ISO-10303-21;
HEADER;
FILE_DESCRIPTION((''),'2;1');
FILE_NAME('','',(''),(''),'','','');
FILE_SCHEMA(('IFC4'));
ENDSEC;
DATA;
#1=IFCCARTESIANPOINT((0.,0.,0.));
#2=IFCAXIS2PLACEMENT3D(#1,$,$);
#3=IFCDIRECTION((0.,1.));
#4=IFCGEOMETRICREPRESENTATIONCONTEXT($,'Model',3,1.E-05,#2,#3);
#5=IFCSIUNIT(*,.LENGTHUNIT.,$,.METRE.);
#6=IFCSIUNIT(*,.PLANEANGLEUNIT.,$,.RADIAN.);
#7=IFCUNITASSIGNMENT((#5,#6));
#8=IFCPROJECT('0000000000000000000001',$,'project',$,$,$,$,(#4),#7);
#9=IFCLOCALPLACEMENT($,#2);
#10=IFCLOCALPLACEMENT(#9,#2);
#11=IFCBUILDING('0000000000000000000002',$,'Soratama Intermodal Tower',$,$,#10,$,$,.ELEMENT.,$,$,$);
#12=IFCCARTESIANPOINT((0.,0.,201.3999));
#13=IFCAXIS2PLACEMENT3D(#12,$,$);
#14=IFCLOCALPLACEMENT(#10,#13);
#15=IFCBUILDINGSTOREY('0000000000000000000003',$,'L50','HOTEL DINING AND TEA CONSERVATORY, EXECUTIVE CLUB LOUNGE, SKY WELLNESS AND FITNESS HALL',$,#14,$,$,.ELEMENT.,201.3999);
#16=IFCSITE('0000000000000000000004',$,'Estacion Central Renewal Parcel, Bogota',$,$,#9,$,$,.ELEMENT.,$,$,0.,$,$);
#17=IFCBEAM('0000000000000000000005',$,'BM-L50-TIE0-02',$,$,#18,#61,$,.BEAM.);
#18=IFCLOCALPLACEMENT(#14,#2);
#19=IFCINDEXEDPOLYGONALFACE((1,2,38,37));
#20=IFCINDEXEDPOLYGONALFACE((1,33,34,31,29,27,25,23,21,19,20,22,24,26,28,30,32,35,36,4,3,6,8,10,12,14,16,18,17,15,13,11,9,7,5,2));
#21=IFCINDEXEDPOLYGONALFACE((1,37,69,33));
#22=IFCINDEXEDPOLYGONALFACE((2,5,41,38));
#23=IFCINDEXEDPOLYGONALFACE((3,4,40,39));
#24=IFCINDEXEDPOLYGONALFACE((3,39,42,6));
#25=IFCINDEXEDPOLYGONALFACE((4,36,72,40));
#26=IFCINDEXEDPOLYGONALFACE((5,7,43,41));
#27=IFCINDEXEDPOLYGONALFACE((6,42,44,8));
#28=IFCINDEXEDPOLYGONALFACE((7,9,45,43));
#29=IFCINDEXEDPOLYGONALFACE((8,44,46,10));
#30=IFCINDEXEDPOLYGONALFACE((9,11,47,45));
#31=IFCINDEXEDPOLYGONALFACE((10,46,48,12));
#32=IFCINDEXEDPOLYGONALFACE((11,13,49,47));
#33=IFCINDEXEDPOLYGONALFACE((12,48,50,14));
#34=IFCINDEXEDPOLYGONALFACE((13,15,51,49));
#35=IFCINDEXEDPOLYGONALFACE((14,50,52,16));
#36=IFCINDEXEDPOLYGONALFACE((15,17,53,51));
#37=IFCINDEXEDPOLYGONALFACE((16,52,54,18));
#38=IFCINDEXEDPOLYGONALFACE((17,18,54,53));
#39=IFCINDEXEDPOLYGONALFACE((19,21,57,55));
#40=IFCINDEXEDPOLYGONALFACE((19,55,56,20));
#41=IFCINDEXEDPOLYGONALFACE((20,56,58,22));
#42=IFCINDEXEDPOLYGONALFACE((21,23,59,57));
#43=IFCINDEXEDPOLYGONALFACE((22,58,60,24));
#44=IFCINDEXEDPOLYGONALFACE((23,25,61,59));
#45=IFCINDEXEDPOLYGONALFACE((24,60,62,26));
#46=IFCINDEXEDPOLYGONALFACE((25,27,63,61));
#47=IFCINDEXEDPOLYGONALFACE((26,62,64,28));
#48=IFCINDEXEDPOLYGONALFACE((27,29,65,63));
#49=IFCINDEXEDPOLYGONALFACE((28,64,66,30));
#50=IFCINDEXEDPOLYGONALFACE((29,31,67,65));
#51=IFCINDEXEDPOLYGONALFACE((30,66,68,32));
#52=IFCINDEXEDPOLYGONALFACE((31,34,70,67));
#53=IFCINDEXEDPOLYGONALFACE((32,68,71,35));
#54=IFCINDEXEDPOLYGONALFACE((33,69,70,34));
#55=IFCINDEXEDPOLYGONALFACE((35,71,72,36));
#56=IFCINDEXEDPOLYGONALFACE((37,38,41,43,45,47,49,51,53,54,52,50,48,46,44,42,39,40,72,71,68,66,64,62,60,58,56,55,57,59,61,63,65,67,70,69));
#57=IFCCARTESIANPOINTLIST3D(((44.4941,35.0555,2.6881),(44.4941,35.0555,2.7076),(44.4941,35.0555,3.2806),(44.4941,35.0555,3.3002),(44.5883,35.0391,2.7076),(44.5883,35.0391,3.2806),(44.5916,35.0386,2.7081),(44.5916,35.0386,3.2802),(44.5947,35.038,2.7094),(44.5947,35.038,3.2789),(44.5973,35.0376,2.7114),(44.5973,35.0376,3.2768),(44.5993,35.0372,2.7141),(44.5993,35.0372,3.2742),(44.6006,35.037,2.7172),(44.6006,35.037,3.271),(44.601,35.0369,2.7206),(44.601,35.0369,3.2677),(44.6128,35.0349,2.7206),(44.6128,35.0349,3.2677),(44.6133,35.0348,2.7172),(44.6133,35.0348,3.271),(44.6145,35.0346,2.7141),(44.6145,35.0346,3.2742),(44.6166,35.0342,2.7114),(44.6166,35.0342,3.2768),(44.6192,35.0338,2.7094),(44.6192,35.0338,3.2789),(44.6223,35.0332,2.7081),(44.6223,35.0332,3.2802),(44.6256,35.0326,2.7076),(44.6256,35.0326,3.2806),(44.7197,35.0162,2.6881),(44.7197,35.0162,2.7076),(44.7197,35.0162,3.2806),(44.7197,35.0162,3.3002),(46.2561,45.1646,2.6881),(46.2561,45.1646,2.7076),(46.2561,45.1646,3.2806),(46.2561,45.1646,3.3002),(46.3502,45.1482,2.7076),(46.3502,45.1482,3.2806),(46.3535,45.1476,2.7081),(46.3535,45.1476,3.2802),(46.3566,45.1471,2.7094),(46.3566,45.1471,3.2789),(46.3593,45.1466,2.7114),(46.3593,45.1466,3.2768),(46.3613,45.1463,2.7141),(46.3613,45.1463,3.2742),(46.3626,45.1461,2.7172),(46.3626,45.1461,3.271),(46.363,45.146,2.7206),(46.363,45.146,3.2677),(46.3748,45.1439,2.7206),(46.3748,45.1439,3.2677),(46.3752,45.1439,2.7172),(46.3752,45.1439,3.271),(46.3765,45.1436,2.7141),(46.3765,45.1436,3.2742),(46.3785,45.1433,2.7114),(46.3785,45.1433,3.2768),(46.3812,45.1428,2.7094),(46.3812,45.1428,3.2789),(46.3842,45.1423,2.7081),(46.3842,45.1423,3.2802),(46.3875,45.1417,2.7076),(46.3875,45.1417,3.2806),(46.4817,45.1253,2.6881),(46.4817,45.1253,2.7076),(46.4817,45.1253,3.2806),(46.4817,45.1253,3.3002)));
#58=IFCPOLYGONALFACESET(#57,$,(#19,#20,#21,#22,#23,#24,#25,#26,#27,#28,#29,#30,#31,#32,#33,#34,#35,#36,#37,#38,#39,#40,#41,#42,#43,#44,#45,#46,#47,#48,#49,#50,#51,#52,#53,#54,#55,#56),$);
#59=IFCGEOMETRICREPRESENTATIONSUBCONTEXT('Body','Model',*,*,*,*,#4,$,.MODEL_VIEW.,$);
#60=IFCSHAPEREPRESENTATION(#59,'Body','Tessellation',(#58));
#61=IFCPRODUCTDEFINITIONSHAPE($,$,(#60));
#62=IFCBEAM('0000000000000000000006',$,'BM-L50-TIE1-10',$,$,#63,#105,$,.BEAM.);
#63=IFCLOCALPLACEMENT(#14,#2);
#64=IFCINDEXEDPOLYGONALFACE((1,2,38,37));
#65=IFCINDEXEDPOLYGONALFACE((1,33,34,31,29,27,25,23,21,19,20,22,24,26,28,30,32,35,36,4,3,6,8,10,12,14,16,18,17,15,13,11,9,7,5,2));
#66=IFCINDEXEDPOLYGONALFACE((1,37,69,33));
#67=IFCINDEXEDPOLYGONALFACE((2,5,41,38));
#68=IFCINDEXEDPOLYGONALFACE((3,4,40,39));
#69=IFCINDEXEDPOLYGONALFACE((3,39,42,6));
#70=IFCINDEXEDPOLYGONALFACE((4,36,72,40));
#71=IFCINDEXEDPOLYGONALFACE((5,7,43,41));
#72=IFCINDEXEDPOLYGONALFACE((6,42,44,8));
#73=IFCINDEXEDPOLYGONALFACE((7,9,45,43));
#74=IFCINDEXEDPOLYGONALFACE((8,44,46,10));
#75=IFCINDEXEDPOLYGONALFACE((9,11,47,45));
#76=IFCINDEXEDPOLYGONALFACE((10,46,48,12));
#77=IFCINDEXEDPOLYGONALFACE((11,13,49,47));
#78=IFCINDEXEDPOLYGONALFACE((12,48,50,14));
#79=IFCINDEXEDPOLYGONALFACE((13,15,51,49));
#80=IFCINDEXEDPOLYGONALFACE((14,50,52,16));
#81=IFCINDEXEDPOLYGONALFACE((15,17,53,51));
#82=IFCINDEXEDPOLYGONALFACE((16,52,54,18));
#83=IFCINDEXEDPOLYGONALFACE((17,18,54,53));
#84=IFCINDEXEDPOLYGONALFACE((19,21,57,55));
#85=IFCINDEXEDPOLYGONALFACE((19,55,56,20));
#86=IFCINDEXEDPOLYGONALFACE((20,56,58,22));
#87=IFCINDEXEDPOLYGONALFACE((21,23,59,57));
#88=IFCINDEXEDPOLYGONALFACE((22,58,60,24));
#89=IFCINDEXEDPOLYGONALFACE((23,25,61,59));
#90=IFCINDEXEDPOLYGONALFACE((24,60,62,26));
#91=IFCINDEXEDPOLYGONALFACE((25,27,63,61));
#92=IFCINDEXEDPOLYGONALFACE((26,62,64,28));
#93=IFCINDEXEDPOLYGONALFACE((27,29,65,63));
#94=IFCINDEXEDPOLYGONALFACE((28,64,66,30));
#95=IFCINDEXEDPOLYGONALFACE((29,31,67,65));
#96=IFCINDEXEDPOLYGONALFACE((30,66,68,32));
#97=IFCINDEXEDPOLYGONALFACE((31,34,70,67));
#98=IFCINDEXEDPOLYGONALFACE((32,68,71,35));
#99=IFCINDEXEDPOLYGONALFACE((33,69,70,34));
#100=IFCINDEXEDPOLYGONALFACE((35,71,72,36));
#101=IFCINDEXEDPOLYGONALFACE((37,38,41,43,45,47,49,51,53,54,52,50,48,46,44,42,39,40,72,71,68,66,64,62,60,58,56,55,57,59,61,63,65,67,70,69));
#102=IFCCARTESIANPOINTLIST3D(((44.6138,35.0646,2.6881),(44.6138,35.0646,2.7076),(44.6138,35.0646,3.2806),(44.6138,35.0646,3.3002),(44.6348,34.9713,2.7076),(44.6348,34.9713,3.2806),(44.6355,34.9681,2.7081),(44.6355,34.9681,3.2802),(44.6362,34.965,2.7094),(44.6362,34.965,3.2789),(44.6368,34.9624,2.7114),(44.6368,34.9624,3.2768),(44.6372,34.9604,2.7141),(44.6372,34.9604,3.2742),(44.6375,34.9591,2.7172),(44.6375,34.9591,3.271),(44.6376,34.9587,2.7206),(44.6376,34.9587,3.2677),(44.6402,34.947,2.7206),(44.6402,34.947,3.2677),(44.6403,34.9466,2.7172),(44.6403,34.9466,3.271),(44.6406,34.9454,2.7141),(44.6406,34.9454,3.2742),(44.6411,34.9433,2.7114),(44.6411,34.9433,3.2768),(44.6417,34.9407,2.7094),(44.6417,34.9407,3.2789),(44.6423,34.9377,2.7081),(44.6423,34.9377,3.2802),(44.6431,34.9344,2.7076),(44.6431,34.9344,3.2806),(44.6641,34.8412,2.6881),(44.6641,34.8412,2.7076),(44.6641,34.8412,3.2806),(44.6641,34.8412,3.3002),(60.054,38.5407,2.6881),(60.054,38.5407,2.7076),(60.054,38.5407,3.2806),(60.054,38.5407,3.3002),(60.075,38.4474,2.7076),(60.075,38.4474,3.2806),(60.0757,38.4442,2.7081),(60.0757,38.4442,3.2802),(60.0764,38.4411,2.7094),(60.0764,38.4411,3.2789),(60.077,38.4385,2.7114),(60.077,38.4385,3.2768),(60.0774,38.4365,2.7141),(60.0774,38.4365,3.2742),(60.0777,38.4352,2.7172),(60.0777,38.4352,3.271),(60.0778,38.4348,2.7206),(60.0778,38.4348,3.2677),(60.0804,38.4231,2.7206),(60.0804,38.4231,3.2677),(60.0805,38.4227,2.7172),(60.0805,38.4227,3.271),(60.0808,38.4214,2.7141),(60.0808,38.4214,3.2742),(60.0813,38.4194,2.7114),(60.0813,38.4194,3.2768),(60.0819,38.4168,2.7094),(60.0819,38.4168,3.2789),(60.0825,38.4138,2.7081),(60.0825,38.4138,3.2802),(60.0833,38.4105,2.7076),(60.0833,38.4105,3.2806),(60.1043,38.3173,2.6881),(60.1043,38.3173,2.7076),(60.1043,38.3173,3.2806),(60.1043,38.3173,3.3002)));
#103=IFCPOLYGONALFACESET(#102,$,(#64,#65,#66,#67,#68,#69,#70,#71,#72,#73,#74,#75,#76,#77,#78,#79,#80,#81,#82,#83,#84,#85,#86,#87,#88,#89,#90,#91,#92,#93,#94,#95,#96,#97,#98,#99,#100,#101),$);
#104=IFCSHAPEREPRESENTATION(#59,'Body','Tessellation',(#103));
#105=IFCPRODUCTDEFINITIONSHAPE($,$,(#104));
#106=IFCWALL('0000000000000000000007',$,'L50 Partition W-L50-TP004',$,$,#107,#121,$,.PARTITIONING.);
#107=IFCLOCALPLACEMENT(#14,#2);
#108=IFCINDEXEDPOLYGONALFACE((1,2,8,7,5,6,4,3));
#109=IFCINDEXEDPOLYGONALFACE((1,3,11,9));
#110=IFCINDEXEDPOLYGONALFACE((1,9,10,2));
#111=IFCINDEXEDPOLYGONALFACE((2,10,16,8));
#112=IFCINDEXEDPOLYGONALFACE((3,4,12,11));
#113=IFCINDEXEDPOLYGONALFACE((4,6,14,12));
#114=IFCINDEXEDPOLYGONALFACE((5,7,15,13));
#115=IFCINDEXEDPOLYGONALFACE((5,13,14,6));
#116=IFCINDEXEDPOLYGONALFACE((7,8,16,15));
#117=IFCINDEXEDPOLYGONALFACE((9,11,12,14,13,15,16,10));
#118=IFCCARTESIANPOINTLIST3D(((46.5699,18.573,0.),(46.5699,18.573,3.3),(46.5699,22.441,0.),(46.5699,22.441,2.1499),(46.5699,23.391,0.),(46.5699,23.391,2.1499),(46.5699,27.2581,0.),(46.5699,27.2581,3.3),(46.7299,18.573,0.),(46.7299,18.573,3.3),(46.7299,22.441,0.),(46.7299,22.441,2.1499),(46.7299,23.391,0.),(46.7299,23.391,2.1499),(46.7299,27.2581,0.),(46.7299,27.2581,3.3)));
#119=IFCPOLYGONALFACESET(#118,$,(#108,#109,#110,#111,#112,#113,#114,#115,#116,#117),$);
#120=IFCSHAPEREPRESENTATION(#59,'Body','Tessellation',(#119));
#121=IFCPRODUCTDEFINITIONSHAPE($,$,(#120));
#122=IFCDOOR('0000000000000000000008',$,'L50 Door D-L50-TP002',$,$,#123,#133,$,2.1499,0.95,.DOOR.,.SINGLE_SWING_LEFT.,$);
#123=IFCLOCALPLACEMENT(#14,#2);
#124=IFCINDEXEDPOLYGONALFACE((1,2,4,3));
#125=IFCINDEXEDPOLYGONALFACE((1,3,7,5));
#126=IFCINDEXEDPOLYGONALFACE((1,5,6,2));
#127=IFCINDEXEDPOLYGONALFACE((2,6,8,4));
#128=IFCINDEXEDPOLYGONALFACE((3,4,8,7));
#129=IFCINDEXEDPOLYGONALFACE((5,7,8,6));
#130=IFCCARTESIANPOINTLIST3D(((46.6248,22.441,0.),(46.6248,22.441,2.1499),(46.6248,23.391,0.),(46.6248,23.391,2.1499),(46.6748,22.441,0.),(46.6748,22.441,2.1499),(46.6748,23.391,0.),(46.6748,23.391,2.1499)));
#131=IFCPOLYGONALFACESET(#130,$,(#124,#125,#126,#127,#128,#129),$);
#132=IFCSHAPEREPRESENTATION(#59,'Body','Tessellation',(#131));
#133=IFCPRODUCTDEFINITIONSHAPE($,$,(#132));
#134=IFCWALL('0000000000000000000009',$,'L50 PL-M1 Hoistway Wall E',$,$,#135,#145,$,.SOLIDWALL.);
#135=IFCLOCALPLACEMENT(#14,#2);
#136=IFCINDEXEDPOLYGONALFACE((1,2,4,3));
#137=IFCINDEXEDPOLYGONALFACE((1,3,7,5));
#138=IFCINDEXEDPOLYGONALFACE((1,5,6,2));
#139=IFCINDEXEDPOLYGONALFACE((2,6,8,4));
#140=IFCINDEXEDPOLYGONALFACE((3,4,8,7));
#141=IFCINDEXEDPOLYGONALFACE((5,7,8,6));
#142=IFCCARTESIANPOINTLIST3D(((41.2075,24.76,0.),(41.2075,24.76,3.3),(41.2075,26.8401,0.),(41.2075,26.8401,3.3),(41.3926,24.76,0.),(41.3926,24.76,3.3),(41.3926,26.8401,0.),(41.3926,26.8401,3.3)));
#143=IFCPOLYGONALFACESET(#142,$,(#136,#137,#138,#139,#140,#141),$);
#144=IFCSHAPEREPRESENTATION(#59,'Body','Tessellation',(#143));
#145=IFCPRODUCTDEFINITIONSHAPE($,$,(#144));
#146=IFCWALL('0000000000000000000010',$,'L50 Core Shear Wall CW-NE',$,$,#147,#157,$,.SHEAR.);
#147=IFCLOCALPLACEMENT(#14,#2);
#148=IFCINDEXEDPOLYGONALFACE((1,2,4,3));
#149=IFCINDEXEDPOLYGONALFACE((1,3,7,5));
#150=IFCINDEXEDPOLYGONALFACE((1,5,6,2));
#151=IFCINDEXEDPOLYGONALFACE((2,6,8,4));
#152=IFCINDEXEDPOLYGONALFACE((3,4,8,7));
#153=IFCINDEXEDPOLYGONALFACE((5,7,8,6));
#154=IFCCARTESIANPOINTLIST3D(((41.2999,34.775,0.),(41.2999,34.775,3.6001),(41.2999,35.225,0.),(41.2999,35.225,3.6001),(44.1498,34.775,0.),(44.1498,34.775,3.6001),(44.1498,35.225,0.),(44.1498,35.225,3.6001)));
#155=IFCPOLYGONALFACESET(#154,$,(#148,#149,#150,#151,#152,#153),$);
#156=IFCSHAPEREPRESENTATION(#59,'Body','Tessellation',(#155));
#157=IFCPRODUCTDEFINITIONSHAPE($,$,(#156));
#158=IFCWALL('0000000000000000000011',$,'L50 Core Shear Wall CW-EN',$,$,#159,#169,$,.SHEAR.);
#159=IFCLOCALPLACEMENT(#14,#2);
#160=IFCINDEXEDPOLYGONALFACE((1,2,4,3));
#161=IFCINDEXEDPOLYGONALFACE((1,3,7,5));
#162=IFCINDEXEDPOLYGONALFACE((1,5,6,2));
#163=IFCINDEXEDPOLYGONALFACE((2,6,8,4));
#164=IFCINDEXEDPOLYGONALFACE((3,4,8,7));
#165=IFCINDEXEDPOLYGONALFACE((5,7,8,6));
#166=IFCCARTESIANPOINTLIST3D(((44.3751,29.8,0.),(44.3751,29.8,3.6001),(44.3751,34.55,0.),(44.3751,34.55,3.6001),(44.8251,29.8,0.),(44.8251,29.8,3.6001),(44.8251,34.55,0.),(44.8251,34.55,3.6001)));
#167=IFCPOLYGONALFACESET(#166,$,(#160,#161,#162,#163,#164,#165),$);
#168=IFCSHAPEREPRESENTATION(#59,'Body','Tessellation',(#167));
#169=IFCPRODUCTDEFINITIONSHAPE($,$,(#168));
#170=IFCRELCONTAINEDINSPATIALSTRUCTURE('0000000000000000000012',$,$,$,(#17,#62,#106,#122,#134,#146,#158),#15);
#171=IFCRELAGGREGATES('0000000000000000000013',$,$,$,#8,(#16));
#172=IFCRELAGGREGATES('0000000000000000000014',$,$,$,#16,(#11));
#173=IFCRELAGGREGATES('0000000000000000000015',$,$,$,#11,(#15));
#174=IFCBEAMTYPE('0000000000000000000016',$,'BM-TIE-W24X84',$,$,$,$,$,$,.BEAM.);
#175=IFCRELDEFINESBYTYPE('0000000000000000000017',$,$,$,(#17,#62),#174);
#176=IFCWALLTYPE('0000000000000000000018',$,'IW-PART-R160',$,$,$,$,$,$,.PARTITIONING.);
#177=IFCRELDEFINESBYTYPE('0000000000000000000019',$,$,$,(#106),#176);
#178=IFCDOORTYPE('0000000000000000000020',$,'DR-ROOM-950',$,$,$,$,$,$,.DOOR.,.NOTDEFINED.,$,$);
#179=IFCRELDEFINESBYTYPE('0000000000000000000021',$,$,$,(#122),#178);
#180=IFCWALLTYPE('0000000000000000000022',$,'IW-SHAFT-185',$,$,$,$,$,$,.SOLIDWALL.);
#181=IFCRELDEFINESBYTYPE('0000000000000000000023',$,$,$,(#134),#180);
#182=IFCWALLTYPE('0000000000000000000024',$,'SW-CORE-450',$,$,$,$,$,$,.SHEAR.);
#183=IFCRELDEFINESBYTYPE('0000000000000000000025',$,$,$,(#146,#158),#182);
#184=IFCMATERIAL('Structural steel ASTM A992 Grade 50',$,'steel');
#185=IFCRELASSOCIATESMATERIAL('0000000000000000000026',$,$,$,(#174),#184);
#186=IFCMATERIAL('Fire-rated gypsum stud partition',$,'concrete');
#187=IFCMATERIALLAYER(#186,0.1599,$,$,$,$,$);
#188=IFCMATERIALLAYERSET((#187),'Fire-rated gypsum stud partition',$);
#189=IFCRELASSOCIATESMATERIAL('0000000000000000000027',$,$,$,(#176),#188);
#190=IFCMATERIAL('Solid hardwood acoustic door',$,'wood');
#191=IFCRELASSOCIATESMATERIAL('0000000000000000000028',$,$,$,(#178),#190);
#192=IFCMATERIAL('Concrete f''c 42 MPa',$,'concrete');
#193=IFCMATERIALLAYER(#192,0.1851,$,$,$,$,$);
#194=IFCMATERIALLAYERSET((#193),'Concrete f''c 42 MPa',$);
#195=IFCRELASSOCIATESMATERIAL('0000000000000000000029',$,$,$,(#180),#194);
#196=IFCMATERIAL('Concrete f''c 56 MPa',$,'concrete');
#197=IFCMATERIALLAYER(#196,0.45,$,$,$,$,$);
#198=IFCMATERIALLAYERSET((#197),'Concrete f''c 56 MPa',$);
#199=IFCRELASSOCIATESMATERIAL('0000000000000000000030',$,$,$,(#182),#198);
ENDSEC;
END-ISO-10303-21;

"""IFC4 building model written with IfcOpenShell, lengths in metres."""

from ifc_helpers import new_model, si_unit, direction, frame, frame_2d, origin, origin_2d, place, context, subcontext, project, spatial, rectangle, i_section, extrude, material, layer, layer_set, material_profile, profile_set, type_object, element, fill, save


model = new_model("IFC4")

# Units and contexts
model_context = context("Model", 3, precision=1e-05, world=origin(), true_north=direction((0.0, 1.0)))
body_context = subcontext(model_context, "Body", "Model", "MODEL_VIEW")
ifc_project = project(units=[si_unit("LENGTHUNIT", "METRE"), si_unit("PLANEANGLEUNIT", "RADIAN")], contexts=[model_context])

# Site, building, storey
site_placement = place(None, origin())
site = spatial("IfcSite", under=ifc_project, at=site_placement, Name="Estacion Central Renewal Parcel, Bogota", CompositionType="ELEMENT", RefElevation=0.0)
building_placement = place(site_placement, origin())
building = spatial("IfcBuilding", under=site, at=building_placement, Name="Soratama Intermodal Tower", CompositionType="ELEMENT")
storey_placement = place(building_placement, frame((0.0, 0.0, 201.3999)))
storey = spatial("IfcBuildingStorey", under=building, at=storey_placement, Name="L50", Description="HOTEL DINING AND TEA CONSERVATORY, EXECUTIVE CLUB LOUNGE, SKY WELLNESS AND FITNESS HALL", CompositionType="ELEMENT", Elevation=201.3999)

# Beams
ifc_material_1 = material(Name="Structural steel ASTM A992 Grade 50", Category="steel")
ifc_material_profile_1 = material_profile(ifc_material_1, i_section(OverallWidth=0.229, OverallDepth=0.6121, WebThickness=0.012, FlangeThickness=0.0195, FilletRadius=0.0129, at=origin_2d()), Name="W24X84")
ifc_profile_set_1 = profile_set([ifc_material_profile_1], Name="Structural steel ASTM A992 Grade 50")
beam_type_1 = type_object("IfcBeamType", Name="BM-TIE-W24X84", PredefinedType="BEAM", material=ifc_profile_set_1)
beam_1_placement = place(storey_placement, frame((44.6069, 35.0359, 2.9941), z_axis=(0.171706, 0.985148, 0.0), x_axis=(-0.985148, 0.171706, 0.0)))
element("IfcBeam", 1, at=beam_1_placement, inside=storey, type_object=beam_type_1, Name="BM-L50-TIE0-02", PredefinedType="BEAM", context=body_context, shape_type="SweptSolid", body=[
    extrude(i_section(OverallWidth=0.229, OverallDepth=0.6121, WebThickness=0.012, FlangeThickness=0.0195, FilletRadius=0.0129, at=origin_2d()), origin(), (0.0, 0.0, 1.0), 10.2615),
])
beam_2_placement = place(storey_placement, frame((44.6389, 34.9529, 2.9941), z_axis=(0.975582, 0.219634, 0.0), x_axis=(-0.219634, 0.975582, 0.0)))
element("IfcBeam", 2, at=beam_2_placement, inside=storey, type_object=beam_type_1, Name="BM-L50-TIE1-10", PredefinedType="BEAM", context=body_context, shape_type="SweptSolid", body=[
    extrude(i_section(OverallWidth=0.229, OverallDepth=0.6121, WebThickness=0.012, FlangeThickness=0.0195, FilletRadius=0.0129, at=origin_2d()), origin(), (0.0, 0.0, 1.0), 15.8267),
])

# Wall, opening, door
ifc_material_2 = material(Name="Fire-rated gypsum stud partition", Category="concrete")
ifc_layer_1 = layer(ifc_material_2, 0.1599)
ifc_layer_set_1 = layer_set([ifc_layer_1], Name="Fire-rated gypsum stud partition")
wall_type_1 = type_object("IfcWallType", Name="IW-PART-R160", PredefinedType="PARTITIONING", material=ifc_layer_set_1)
wall_1_placement = place(storey_placement, frame((46.6499, 27.2581, 0.0), z_axis=(0.0, 0.0, 1.0), x_axis=(0.0, -1.0, 0.0)))
wall_1 = element("IfcWall", 3, at=wall_1_placement, inside=storey, type_object=wall_type_1, Name="L50 Partition W-L50-TP004", PredefinedType="PARTITIONING", context=body_context, shape_type="SweptSolid", body=[
    extrude(rectangle(XDim=8.6851, YDim=0.1599, at=frame_2d((4.3425, 0.0))), origin(), (0.0, 0.0, 1.0), 3.3),
])
opening_1_placement = place(wall_1_placement, frame((3.8669, 0.0, 0.0)))
opening_1 = element("IfcOpeningElement", 4, at=opening_1_placement, cuts=wall_1, PredefinedType="OPENING", context=body_context, shape_type="SweptSolid", body=[
    extrude(rectangle(XDim=0.95, YDim=2.1499, at=frame_2d((0.4751, 1.075))), frame((0.0, 0.0898, 0.0), z_axis=(0.0, -1.0, 0.0), x_axis=(1.0, 0.0, 0.0)), (0.0, 0.0, 1.0), 0.1799),
])
ifc_material_3 = material(Name="Solid hardwood acoustic door", Category="wood")
door_type_1 = type_object("IfcDoorType", Name="DR-ROOM-950", OperationType="NOTDEFINED", PredefinedType="DOOR", material=ifc_material_3)
door_1_placement = place(opening_1_placement, origin())
door_1 = element("IfcDoor", 5, at=door_1_placement, inside=storey, type_object=door_type_1, Name="L50 Door D-L50-TP002", OperationType="SINGLE_SWING_LEFT", OverallHeight=2.1499, OverallWidth=0.95, PredefinedType="DOOR", context=body_context, shape_type="SweptSolid", body=[
    extrude(rectangle(XDim=0.95, YDim=2.1499, at=frame_2d((0.4751, 1.075))), frame((0.0, 0.0249, 0.0), z_axis=(0.0, -1.0, 0.0), x_axis=(1.0, 0.0, 0.0)), (0.0, 0.0, 1.0), 0.05),
])
fill(opening_1, door_1)

# Walls
ifc_material_4 = material(Name="Concrete f'c 42 MPa", Category="concrete")
ifc_layer_2 = layer(ifc_material_4, 0.1851)
ifc_layer_set_2 = layer_set([ifc_layer_2], Name="Concrete f'c 42 MPa")
wall_type_2 = type_object("IfcWallType", Name="IW-SHAFT-185", PredefinedType="SOLIDWALL", material=ifc_layer_set_2)
wall_2_placement = place(storey_placement, frame((41.3, 24.76, 0.0), z_axis=(0.0, 0.0, 1.0), x_axis=(0.0, 1.0, 0.0)))
element("IfcWall", 6, at=wall_2_placement, inside=storey, type_object=wall_type_2, Name="L50 PL-M1 Hoistway Wall E", PredefinedType="SOLIDWALL", context=body_context, shape_type="SweptSolid", body=[
    extrude(rectangle(XDim=2.0801, YDim=0.1851, at=frame_2d((1.04, 0.0))), origin(), (0.0, 0.0, 1.0), 3.3),
])
ifc_material_5 = material(Name="Concrete f'c 56 MPa", Category="concrete")
ifc_layer_3 = layer(ifc_material_5, 0.45)
ifc_layer_set_3 = layer_set([ifc_layer_3], Name="Concrete f'c 56 MPa")
wall_type_3 = type_object("IfcWallType", Name="SW-CORE-450", PredefinedType="SHEAR", material=ifc_layer_set_3)
wall_3_placement = place(storey_placement, frame((41.3, 35.0, 0.0), z_axis=(0.0, 0.0, 1.0), x_axis=(1.0, 0.0, 0.0)))
element("IfcWall", 7, at=wall_3_placement, inside=storey, type_object=wall_type_3, Name="L50 Core Shear Wall CW-NE", PredefinedType="SHEAR", context=body_context, shape_type="SweptSolid", body=[
    extrude(rectangle(XDim=2.8499, YDim=0.45, at=frame_2d((1.4248, 0.0))), origin(), (0.0, 0.0, 1.0), 3.6001),
])
wall_4_placement = place(storey_placement, frame((44.6001, 29.8, 0.0), z_axis=(0.0, 0.0, 1.0), x_axis=(0.0, 1.0, 0.0)))
element("IfcWall", 8, at=wall_4_placement, inside=storey, type_object=wall_type_3, Name="L50 Core Shear Wall CW-EN", PredefinedType="SHEAR", context=body_context, shape_type="SweptSolid", body=[
    extrude(rectangle(XDim=4.75, YDim=0.45, at=frame_2d((2.375, 0.0))), origin(), (0.0, 0.0, 1.0), 3.6001),
])

save(model, "model.ifc")
